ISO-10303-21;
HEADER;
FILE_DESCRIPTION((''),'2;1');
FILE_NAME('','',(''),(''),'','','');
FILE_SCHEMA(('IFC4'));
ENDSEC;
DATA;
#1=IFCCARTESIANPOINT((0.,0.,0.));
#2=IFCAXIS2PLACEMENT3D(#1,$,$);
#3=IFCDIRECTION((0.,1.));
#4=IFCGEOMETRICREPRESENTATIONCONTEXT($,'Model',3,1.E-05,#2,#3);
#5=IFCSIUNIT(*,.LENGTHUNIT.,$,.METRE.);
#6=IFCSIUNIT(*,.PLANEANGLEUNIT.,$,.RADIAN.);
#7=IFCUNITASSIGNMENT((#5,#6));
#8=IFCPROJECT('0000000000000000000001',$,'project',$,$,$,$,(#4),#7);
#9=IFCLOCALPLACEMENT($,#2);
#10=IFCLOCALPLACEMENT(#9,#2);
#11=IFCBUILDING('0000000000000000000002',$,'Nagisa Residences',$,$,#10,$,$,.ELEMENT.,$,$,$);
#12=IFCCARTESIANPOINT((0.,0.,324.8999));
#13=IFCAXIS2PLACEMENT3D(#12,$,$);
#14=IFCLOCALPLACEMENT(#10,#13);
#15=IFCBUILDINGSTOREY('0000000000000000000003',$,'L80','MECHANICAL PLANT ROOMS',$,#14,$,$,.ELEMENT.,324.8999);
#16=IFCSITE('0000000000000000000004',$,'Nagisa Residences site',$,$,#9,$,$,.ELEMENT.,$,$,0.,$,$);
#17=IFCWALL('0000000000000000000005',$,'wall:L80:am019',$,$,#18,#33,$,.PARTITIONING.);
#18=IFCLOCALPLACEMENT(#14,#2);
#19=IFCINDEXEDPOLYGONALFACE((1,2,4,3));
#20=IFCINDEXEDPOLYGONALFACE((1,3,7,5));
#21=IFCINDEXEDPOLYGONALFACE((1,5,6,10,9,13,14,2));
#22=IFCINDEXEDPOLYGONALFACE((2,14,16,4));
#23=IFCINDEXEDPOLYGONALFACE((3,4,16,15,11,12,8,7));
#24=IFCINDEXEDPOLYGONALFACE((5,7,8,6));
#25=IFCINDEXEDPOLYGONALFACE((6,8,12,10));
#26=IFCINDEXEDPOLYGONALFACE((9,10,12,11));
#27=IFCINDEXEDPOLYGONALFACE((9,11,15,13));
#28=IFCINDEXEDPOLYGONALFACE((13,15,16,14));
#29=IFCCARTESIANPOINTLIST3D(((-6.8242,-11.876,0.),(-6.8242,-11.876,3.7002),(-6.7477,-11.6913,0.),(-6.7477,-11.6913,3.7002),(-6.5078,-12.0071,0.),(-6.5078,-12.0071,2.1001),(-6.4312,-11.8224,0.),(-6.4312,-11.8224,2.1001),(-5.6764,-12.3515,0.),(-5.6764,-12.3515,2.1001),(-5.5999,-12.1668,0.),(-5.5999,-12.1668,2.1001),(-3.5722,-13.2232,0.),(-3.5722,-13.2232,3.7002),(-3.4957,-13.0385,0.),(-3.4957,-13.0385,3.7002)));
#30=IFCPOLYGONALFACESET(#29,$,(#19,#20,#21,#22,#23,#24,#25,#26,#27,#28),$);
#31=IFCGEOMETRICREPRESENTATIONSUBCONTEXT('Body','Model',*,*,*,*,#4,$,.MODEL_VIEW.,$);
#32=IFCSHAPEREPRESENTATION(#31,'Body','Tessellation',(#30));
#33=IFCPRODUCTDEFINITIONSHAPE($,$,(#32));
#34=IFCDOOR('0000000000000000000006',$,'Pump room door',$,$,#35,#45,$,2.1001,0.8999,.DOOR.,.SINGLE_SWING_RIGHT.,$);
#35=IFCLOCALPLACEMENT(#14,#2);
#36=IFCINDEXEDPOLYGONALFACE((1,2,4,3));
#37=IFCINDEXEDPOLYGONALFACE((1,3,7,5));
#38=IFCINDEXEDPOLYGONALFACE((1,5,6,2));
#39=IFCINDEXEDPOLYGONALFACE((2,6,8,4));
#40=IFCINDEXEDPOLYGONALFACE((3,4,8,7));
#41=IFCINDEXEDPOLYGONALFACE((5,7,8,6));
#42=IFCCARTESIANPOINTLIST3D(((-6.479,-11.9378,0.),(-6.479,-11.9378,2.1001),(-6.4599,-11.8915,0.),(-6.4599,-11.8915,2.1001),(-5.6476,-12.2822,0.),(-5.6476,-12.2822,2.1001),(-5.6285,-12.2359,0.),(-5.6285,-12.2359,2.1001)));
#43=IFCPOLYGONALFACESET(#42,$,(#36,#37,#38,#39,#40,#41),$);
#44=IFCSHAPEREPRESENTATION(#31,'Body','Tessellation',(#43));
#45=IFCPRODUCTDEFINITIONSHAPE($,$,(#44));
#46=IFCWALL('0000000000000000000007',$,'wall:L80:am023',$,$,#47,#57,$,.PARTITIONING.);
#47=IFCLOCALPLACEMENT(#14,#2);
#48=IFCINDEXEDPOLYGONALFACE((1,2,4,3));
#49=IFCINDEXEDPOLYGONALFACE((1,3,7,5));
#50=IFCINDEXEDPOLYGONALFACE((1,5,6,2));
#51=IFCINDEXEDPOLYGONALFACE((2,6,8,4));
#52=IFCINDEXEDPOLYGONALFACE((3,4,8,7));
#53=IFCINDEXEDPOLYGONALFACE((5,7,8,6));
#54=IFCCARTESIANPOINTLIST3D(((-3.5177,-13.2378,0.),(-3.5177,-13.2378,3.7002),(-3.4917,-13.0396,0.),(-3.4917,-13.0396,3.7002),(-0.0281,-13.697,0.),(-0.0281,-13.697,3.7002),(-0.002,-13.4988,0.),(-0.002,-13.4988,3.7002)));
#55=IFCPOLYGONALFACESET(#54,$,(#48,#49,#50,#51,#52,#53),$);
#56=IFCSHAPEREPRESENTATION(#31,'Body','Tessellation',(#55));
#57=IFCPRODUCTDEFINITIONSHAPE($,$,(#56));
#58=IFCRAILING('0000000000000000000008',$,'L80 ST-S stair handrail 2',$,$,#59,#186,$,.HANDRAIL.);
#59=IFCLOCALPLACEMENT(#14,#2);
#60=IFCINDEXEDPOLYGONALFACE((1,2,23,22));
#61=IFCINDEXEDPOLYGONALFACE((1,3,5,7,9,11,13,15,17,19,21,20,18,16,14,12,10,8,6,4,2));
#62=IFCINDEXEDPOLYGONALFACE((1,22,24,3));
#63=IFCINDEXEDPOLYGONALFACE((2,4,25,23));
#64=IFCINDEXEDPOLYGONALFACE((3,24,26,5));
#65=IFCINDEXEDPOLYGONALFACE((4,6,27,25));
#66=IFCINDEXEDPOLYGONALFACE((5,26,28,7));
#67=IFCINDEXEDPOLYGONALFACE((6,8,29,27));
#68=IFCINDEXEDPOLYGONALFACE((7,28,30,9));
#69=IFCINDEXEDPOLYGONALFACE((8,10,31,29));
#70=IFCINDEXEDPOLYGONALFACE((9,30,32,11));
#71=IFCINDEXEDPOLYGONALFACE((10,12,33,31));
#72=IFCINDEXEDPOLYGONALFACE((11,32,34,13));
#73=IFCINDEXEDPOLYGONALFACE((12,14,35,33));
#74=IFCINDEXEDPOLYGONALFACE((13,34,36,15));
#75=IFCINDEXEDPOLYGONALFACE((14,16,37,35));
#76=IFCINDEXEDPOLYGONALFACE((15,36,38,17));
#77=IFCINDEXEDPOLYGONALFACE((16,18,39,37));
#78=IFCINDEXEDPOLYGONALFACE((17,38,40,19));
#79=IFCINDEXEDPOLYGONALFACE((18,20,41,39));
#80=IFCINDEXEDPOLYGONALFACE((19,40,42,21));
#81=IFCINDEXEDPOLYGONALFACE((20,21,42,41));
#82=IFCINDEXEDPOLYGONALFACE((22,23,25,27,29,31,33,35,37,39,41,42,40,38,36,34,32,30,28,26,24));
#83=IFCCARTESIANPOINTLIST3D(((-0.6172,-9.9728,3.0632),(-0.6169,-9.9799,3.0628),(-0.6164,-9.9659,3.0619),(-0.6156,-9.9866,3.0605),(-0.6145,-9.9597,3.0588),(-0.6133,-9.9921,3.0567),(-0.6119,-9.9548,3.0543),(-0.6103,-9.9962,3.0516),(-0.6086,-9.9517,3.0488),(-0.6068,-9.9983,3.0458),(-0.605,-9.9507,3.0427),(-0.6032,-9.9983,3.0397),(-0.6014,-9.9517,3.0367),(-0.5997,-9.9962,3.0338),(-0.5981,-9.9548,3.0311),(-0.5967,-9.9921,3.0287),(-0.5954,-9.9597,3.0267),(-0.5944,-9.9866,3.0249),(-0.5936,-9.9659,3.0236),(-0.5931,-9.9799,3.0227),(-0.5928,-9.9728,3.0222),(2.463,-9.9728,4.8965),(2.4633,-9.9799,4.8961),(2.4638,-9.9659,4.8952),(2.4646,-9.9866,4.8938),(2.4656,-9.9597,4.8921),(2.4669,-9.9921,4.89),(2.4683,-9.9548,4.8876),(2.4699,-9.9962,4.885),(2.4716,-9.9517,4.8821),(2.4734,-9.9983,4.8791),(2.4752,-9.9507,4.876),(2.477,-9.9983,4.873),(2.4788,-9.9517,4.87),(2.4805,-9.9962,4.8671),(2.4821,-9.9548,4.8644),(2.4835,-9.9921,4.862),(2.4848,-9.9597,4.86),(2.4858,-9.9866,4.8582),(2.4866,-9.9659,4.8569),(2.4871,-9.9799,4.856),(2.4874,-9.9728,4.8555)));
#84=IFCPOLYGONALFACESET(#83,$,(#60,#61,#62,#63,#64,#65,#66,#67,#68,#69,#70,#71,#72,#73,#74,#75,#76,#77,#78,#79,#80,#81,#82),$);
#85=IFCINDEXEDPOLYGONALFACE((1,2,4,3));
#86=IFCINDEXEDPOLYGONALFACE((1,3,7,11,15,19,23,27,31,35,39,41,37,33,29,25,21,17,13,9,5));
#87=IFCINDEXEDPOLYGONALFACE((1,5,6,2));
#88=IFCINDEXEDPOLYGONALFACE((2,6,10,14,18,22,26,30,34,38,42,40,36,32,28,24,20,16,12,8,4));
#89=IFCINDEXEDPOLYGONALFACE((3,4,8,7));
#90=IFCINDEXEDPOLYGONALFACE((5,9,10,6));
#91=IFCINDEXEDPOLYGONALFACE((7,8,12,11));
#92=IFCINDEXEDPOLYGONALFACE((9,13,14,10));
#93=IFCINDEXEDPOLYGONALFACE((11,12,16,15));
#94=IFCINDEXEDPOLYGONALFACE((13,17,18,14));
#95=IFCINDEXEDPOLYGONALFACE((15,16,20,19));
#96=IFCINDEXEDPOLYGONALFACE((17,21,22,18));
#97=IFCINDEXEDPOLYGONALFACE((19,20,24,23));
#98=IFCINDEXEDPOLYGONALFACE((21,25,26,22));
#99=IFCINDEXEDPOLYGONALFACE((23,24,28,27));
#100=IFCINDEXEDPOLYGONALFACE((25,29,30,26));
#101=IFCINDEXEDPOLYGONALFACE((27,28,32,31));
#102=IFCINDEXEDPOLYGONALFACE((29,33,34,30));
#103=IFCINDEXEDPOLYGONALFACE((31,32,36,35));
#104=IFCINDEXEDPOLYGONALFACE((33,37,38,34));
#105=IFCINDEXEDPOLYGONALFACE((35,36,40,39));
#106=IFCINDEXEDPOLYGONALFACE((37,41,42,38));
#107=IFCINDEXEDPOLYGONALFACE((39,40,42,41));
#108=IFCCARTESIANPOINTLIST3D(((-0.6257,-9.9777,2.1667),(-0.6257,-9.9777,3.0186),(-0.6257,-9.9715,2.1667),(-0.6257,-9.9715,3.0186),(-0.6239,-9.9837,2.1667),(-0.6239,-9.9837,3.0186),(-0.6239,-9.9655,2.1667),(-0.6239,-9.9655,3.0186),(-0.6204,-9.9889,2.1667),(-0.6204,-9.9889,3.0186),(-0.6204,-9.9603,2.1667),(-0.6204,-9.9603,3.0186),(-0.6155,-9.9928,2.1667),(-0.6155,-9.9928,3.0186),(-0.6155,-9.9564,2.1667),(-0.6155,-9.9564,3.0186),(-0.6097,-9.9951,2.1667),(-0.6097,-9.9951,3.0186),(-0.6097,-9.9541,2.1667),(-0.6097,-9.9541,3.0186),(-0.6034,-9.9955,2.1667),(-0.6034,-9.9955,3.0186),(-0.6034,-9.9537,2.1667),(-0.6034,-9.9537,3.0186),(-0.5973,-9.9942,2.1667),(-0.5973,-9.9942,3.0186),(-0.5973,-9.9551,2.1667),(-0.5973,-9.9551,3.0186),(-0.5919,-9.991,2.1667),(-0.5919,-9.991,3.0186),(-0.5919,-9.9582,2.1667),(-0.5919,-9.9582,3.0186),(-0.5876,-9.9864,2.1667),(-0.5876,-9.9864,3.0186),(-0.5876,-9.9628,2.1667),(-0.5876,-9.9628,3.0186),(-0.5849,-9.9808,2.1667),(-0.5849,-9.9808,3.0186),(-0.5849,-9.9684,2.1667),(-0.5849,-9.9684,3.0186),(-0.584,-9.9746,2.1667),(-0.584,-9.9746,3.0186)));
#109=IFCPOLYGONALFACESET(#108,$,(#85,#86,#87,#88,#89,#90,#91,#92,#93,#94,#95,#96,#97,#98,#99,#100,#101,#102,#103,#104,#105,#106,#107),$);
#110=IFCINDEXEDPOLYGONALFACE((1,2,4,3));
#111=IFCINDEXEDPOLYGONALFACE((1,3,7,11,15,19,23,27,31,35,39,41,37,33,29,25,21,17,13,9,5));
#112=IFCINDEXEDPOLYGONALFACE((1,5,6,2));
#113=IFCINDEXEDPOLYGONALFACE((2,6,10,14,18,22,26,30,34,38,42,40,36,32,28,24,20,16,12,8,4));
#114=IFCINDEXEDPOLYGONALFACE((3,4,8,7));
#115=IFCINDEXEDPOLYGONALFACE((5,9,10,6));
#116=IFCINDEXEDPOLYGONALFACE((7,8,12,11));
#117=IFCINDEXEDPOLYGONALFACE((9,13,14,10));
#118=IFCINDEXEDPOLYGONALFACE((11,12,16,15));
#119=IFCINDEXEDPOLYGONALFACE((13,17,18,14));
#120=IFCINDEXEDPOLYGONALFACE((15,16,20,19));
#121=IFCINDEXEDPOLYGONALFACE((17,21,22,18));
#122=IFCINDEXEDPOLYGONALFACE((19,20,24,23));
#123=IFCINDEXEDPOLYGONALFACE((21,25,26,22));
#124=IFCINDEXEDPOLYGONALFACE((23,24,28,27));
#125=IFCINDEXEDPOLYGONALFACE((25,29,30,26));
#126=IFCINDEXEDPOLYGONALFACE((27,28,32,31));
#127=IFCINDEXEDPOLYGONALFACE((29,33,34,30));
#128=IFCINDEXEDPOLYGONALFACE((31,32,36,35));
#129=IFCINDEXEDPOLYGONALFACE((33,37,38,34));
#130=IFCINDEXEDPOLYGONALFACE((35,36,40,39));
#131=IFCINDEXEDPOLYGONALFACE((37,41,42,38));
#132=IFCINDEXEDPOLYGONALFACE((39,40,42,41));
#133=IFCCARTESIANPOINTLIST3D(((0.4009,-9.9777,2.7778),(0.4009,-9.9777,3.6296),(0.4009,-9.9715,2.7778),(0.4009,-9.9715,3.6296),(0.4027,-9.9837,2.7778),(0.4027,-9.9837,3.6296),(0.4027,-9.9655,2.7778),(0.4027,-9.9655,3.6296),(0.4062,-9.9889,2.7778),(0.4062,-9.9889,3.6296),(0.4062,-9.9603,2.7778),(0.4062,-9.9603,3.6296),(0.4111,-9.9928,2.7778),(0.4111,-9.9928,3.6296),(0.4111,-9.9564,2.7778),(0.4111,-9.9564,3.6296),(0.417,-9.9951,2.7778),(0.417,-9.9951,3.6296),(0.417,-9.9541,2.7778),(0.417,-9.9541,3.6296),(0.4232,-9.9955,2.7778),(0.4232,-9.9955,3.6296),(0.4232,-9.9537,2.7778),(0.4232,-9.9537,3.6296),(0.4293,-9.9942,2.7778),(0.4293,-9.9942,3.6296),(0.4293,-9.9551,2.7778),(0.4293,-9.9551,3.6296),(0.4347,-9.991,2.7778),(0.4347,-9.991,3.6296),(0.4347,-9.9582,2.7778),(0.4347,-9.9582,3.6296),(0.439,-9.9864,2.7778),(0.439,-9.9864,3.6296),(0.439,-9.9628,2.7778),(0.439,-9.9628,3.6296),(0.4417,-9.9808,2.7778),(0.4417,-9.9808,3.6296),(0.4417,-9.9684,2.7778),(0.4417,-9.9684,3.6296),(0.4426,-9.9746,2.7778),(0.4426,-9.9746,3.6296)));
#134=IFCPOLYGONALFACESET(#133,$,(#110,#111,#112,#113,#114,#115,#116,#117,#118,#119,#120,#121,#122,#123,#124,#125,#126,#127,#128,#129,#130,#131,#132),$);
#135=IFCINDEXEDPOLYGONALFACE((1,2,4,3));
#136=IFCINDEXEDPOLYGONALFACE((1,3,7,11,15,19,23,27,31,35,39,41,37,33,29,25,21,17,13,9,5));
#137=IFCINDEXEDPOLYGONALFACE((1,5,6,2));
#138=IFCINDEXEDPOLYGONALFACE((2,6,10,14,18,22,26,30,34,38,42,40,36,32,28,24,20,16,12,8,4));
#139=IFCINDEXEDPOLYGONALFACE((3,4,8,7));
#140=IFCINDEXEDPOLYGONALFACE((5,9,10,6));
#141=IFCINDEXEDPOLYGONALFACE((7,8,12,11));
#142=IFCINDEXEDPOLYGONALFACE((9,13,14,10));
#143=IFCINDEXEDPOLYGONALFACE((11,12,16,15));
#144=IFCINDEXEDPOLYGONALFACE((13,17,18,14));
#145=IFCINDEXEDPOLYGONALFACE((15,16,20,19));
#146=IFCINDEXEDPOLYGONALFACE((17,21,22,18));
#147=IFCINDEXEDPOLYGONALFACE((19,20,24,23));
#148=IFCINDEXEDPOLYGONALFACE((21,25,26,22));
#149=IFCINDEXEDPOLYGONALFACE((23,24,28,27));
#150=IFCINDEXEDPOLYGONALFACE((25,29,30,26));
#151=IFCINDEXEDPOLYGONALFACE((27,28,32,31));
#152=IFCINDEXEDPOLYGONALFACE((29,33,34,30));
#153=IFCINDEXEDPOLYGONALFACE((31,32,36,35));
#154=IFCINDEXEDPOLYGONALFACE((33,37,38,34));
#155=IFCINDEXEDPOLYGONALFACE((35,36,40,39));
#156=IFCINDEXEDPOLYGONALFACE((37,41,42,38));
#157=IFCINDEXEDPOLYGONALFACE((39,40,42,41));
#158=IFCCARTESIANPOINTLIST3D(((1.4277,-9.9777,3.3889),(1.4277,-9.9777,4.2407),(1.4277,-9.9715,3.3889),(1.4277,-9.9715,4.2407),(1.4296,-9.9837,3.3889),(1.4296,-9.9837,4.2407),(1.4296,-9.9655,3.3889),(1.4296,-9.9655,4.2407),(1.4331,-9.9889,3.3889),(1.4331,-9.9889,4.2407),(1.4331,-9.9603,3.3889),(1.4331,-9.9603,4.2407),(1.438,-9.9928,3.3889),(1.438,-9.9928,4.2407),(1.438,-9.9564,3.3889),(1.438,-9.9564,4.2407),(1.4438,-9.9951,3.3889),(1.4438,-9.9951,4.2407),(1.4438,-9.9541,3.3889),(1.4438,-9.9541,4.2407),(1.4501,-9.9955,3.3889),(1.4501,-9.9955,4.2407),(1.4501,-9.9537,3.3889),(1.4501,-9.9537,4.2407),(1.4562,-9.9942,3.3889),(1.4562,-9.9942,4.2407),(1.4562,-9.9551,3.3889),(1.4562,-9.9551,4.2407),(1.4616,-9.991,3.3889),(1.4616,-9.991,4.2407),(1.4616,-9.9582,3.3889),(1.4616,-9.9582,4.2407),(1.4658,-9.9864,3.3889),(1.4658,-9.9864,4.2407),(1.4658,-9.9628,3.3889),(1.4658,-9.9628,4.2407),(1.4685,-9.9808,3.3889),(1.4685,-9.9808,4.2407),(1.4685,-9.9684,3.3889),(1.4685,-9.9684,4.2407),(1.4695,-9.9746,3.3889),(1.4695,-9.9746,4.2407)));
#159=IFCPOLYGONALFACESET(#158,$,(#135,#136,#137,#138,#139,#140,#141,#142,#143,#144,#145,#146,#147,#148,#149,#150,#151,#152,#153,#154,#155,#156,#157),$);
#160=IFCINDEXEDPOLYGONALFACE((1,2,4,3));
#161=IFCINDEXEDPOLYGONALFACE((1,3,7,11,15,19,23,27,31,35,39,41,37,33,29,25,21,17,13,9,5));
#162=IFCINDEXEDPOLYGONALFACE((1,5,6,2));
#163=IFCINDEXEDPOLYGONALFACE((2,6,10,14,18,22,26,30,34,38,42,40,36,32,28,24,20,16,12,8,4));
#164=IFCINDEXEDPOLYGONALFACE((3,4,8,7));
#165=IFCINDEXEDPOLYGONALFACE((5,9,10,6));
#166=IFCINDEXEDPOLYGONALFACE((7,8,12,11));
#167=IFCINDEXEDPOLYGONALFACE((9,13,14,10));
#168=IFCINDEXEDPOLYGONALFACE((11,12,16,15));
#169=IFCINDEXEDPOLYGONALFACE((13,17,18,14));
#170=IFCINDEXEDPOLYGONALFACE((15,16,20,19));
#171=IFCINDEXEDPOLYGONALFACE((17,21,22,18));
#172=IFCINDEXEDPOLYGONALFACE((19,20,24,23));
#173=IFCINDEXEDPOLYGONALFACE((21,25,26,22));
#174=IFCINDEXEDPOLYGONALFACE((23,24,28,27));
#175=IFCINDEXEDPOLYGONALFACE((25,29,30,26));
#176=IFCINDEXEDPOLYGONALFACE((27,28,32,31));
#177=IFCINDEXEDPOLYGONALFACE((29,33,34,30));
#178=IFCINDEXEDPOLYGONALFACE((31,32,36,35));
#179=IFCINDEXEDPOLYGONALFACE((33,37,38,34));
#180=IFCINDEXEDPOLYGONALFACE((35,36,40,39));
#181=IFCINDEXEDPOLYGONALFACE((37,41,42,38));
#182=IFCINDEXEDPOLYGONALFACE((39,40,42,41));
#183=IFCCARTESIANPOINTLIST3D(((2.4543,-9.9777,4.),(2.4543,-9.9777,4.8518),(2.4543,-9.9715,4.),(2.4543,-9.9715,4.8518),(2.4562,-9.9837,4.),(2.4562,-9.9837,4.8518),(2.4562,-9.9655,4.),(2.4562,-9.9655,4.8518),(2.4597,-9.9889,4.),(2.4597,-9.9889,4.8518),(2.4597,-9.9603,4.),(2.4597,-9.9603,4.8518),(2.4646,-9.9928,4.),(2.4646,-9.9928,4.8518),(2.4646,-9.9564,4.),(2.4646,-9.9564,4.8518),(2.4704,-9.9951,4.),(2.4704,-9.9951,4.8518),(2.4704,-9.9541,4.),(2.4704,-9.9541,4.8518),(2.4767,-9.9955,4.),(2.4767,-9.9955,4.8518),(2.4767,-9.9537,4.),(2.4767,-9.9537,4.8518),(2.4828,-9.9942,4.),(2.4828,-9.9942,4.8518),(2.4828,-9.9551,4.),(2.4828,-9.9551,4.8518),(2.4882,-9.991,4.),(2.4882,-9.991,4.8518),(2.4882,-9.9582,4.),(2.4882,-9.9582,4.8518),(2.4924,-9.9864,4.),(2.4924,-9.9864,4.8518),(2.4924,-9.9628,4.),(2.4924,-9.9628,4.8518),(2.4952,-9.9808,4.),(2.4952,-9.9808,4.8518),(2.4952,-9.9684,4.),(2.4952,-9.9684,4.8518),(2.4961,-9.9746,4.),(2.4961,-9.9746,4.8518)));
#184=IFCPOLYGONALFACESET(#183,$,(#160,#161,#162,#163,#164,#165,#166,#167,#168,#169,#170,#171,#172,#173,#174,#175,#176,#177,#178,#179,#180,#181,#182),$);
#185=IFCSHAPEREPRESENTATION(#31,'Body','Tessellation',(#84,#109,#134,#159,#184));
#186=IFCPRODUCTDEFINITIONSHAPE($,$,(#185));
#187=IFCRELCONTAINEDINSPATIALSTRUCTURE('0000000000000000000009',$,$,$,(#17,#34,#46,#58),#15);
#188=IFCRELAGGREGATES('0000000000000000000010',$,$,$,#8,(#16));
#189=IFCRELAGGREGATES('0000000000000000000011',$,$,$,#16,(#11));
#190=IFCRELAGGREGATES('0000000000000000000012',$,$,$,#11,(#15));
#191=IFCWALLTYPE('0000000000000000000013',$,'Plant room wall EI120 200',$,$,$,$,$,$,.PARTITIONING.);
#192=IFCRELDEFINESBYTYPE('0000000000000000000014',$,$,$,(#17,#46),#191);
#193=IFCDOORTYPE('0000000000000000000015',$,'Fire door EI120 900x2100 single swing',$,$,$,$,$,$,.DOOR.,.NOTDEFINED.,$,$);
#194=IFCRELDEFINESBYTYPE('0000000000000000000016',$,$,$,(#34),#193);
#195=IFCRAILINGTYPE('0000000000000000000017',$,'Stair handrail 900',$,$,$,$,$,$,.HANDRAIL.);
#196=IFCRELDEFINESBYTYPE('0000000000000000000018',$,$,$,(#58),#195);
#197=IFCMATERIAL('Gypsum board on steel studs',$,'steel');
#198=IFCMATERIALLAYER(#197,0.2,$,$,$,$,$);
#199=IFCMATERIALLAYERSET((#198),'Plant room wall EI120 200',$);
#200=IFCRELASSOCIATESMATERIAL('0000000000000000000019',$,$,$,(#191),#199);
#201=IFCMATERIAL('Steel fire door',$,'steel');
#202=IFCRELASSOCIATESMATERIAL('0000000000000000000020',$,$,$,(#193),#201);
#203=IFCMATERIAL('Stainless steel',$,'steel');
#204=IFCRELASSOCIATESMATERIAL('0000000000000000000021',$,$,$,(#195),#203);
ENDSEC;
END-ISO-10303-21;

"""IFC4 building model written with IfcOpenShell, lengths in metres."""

from ifc_helpers import new_model, si_unit, direction, frame, frame_2d, origin, origin_2d, place, context, subcontext, project, spatial, rectangle, circle, extrude, material, layer, layer_set, type_object, element, fill, save


model = new_model("IFC4")

# Units and contexts
model_context = context("Model", 3, precision=1e-05, world=origin(), true_north=direction((0.0, 1.0)))
body_context = subcontext(model_context, "Body", "Model", "MODEL_VIEW")
ifc_project = project(units=[si_unit("LENGTHUNIT", "METRE"), si_unit("PLANEANGLEUNIT", "RADIAN")], contexts=[model_context])

# Site, building, storey
site_placement = place(None, origin())
site = spatial("IfcSite", under=ifc_project, at=site_placement, Name="Nagisa Residences site", CompositionType="ELEMENT", RefElevation=0.0)
building_placement = place(site_placement, origin())
building = spatial("IfcBuilding", under=site, at=building_placement, Name="Nagisa Residences", CompositionType="ELEMENT")
storey_placement = place(building_placement, frame((0.0, 0.0, 324.8999)))
storey = spatial("IfcBuildingStorey", under=building, at=storey_placement, Name="L80", Description="MECHANICAL PLANT ROOMS", CompositionType="ELEMENT", Elevation=324.8999)

# Shared definitions
ifc_material_1 = material(Name="Gypsum board on steel studs", Category="steel")
ifc_layer_1 = layer(ifc_material_1, 0.2)
ifc_layer_set_1 = layer_set([ifc_layer_1], Name="Plant room wall EI120 200")
wall_type = type_object("IfcWallType", Name="Plant room wall EI120 200", PredefinedType="PARTITIONING", material=ifc_layer_set_1)

# Wall, opening, door
wall_1_placement = place(storey_placement, frame((-3.5339, -13.1309, 0.0), z_axis=(0.0, 0.0, 1.0), x_axis=(-0.923863, 0.382723, 0.0)))
wall_1 = element("IfcWall", 1, at=wall_1_placement, inside=storey, type_object=wall_type, Name="wall:L80:am019", PredefinedType="PARTITIONING", context=body_context, shape_type="SweptSolid", body=[
    extrude(rectangle(XDim=3.52, YDim=0.2, at=frame_2d((1.76, 0.0))), origin(), (0.0, 0.0, 1.0), 3.7002),
])
opening_placement = place(wall_1_placement, frame((2.2776, 0.0, 0.0)))
opening = element("IfcOpeningElement", 2, at=opening_placement, cuts=wall_1, PredefinedType="OPENING", context=body_context, shape_type="SweptSolid", body=[
    extrude(rectangle(XDim=0.8999, YDim=2.1001, at=frame_2d((0.45, 1.05))), frame((0.0, 0.1099, 0.0), z_axis=(0.0, -1.0, 0.0), x_axis=(1.0, 0.0, 0.0)), (0.0, 0.0, 1.0), 0.22),
])
ifc_material_2 = material(Name="Steel fire door", Category="steel")
door_type = type_object("IfcDoorType", Name="Fire door EI120 900x2100 single swing", OperationType="NOTDEFINED", PredefinedType="DOOR", material=ifc_material_2)
door_placement = place(opening_placement, origin())
door = element("IfcDoor", 3, at=door_placement, inside=storey, type_object=door_type, Name="Pump room door", OperationType="SINGLE_SWING_RIGHT", OverallHeight=2.1001, OverallWidth=0.8999, PredefinedType="DOOR", context=body_context, shape_type="SweptSolid", body=[
    extrude(rectangle(XDim=0.8999, YDim=2.1001, at=frame_2d((0.45, 1.05))), frame((0.0, 0.0249, 0.0), z_axis=(0.0, -1.0, 0.0), x_axis=(1.0, 0.0, 0.0)), (0.0, 0.0, 1.0), 0.05),
])
fill(opening, door)

# Wall
wall_2_placement = place(storey_placement, frame((-0.0151, -13.5979, 0.0), z_axis=(0.0, 0.0, 1.0), x_axis=(-0.991452, 0.130469, 0.0)))
element("IfcWall", 4, at=wall_2_placement, inside=storey, type_object=wall_type, Name="wall:L80:am023", PredefinedType="PARTITIONING", context=body_context, shape_type="SweptSolid", body=[
    extrude(rectangle(XDim=3.5198, YDim=0.2, at=frame_2d((1.7598, 0.0))), origin(), (0.0, 0.0, 1.0), 3.7002),
])

# Railing
ifc_material_3 = material(Name="Stainless steel", Category="steel")
railing_type = type_object("IfcRailingType", Name="Stair handrail 900", PredefinedType="HANDRAIL", material=ifc_material_3)
railing_placement = place(storey_placement, frame((-0.605, -9.9746, 2.1667)))
element("IfcRailing", 5, at=railing_placement, inside=storey, type_object=railing_type, Name="L80 ST-S stair handrail 2", PredefinedType="HANDRAIL", context=body_context, shape_type="SweptSolid", body=[
    extrude(circle(Radius=0.0239, at=origin_2d()), frame((0.0, 0.0, 0.876), z_axis=(0.859309, 0.0, 0.511458), x_axis=(0.0, 1.0, 0.0)), (0.0, 0.0, 1.0), 3.5845),
    extrude(circle(Radius=0.021, at=origin_2d()), origin(), (0.0, 0.0, 1.0), 0.8518),
    extrude(circle(Radius=0.021, at=origin_2d()), frame((1.0266, 0.0, 0.6111)), (0.0, 0.0, 1.0), 0.8518),
    extrude(circle(Radius=0.021, at=origin_2d()), frame((2.0535, 0.0, 1.2222)), (0.0, 0.0, 1.0), 0.8518),
    extrude(circle(Radius=0.021, at=origin_2d()), frame((3.0801, 0.0, 1.8333)), (0.0, 0.0, 1.0), 0.8518),
])

save(model, "model.ifc")
